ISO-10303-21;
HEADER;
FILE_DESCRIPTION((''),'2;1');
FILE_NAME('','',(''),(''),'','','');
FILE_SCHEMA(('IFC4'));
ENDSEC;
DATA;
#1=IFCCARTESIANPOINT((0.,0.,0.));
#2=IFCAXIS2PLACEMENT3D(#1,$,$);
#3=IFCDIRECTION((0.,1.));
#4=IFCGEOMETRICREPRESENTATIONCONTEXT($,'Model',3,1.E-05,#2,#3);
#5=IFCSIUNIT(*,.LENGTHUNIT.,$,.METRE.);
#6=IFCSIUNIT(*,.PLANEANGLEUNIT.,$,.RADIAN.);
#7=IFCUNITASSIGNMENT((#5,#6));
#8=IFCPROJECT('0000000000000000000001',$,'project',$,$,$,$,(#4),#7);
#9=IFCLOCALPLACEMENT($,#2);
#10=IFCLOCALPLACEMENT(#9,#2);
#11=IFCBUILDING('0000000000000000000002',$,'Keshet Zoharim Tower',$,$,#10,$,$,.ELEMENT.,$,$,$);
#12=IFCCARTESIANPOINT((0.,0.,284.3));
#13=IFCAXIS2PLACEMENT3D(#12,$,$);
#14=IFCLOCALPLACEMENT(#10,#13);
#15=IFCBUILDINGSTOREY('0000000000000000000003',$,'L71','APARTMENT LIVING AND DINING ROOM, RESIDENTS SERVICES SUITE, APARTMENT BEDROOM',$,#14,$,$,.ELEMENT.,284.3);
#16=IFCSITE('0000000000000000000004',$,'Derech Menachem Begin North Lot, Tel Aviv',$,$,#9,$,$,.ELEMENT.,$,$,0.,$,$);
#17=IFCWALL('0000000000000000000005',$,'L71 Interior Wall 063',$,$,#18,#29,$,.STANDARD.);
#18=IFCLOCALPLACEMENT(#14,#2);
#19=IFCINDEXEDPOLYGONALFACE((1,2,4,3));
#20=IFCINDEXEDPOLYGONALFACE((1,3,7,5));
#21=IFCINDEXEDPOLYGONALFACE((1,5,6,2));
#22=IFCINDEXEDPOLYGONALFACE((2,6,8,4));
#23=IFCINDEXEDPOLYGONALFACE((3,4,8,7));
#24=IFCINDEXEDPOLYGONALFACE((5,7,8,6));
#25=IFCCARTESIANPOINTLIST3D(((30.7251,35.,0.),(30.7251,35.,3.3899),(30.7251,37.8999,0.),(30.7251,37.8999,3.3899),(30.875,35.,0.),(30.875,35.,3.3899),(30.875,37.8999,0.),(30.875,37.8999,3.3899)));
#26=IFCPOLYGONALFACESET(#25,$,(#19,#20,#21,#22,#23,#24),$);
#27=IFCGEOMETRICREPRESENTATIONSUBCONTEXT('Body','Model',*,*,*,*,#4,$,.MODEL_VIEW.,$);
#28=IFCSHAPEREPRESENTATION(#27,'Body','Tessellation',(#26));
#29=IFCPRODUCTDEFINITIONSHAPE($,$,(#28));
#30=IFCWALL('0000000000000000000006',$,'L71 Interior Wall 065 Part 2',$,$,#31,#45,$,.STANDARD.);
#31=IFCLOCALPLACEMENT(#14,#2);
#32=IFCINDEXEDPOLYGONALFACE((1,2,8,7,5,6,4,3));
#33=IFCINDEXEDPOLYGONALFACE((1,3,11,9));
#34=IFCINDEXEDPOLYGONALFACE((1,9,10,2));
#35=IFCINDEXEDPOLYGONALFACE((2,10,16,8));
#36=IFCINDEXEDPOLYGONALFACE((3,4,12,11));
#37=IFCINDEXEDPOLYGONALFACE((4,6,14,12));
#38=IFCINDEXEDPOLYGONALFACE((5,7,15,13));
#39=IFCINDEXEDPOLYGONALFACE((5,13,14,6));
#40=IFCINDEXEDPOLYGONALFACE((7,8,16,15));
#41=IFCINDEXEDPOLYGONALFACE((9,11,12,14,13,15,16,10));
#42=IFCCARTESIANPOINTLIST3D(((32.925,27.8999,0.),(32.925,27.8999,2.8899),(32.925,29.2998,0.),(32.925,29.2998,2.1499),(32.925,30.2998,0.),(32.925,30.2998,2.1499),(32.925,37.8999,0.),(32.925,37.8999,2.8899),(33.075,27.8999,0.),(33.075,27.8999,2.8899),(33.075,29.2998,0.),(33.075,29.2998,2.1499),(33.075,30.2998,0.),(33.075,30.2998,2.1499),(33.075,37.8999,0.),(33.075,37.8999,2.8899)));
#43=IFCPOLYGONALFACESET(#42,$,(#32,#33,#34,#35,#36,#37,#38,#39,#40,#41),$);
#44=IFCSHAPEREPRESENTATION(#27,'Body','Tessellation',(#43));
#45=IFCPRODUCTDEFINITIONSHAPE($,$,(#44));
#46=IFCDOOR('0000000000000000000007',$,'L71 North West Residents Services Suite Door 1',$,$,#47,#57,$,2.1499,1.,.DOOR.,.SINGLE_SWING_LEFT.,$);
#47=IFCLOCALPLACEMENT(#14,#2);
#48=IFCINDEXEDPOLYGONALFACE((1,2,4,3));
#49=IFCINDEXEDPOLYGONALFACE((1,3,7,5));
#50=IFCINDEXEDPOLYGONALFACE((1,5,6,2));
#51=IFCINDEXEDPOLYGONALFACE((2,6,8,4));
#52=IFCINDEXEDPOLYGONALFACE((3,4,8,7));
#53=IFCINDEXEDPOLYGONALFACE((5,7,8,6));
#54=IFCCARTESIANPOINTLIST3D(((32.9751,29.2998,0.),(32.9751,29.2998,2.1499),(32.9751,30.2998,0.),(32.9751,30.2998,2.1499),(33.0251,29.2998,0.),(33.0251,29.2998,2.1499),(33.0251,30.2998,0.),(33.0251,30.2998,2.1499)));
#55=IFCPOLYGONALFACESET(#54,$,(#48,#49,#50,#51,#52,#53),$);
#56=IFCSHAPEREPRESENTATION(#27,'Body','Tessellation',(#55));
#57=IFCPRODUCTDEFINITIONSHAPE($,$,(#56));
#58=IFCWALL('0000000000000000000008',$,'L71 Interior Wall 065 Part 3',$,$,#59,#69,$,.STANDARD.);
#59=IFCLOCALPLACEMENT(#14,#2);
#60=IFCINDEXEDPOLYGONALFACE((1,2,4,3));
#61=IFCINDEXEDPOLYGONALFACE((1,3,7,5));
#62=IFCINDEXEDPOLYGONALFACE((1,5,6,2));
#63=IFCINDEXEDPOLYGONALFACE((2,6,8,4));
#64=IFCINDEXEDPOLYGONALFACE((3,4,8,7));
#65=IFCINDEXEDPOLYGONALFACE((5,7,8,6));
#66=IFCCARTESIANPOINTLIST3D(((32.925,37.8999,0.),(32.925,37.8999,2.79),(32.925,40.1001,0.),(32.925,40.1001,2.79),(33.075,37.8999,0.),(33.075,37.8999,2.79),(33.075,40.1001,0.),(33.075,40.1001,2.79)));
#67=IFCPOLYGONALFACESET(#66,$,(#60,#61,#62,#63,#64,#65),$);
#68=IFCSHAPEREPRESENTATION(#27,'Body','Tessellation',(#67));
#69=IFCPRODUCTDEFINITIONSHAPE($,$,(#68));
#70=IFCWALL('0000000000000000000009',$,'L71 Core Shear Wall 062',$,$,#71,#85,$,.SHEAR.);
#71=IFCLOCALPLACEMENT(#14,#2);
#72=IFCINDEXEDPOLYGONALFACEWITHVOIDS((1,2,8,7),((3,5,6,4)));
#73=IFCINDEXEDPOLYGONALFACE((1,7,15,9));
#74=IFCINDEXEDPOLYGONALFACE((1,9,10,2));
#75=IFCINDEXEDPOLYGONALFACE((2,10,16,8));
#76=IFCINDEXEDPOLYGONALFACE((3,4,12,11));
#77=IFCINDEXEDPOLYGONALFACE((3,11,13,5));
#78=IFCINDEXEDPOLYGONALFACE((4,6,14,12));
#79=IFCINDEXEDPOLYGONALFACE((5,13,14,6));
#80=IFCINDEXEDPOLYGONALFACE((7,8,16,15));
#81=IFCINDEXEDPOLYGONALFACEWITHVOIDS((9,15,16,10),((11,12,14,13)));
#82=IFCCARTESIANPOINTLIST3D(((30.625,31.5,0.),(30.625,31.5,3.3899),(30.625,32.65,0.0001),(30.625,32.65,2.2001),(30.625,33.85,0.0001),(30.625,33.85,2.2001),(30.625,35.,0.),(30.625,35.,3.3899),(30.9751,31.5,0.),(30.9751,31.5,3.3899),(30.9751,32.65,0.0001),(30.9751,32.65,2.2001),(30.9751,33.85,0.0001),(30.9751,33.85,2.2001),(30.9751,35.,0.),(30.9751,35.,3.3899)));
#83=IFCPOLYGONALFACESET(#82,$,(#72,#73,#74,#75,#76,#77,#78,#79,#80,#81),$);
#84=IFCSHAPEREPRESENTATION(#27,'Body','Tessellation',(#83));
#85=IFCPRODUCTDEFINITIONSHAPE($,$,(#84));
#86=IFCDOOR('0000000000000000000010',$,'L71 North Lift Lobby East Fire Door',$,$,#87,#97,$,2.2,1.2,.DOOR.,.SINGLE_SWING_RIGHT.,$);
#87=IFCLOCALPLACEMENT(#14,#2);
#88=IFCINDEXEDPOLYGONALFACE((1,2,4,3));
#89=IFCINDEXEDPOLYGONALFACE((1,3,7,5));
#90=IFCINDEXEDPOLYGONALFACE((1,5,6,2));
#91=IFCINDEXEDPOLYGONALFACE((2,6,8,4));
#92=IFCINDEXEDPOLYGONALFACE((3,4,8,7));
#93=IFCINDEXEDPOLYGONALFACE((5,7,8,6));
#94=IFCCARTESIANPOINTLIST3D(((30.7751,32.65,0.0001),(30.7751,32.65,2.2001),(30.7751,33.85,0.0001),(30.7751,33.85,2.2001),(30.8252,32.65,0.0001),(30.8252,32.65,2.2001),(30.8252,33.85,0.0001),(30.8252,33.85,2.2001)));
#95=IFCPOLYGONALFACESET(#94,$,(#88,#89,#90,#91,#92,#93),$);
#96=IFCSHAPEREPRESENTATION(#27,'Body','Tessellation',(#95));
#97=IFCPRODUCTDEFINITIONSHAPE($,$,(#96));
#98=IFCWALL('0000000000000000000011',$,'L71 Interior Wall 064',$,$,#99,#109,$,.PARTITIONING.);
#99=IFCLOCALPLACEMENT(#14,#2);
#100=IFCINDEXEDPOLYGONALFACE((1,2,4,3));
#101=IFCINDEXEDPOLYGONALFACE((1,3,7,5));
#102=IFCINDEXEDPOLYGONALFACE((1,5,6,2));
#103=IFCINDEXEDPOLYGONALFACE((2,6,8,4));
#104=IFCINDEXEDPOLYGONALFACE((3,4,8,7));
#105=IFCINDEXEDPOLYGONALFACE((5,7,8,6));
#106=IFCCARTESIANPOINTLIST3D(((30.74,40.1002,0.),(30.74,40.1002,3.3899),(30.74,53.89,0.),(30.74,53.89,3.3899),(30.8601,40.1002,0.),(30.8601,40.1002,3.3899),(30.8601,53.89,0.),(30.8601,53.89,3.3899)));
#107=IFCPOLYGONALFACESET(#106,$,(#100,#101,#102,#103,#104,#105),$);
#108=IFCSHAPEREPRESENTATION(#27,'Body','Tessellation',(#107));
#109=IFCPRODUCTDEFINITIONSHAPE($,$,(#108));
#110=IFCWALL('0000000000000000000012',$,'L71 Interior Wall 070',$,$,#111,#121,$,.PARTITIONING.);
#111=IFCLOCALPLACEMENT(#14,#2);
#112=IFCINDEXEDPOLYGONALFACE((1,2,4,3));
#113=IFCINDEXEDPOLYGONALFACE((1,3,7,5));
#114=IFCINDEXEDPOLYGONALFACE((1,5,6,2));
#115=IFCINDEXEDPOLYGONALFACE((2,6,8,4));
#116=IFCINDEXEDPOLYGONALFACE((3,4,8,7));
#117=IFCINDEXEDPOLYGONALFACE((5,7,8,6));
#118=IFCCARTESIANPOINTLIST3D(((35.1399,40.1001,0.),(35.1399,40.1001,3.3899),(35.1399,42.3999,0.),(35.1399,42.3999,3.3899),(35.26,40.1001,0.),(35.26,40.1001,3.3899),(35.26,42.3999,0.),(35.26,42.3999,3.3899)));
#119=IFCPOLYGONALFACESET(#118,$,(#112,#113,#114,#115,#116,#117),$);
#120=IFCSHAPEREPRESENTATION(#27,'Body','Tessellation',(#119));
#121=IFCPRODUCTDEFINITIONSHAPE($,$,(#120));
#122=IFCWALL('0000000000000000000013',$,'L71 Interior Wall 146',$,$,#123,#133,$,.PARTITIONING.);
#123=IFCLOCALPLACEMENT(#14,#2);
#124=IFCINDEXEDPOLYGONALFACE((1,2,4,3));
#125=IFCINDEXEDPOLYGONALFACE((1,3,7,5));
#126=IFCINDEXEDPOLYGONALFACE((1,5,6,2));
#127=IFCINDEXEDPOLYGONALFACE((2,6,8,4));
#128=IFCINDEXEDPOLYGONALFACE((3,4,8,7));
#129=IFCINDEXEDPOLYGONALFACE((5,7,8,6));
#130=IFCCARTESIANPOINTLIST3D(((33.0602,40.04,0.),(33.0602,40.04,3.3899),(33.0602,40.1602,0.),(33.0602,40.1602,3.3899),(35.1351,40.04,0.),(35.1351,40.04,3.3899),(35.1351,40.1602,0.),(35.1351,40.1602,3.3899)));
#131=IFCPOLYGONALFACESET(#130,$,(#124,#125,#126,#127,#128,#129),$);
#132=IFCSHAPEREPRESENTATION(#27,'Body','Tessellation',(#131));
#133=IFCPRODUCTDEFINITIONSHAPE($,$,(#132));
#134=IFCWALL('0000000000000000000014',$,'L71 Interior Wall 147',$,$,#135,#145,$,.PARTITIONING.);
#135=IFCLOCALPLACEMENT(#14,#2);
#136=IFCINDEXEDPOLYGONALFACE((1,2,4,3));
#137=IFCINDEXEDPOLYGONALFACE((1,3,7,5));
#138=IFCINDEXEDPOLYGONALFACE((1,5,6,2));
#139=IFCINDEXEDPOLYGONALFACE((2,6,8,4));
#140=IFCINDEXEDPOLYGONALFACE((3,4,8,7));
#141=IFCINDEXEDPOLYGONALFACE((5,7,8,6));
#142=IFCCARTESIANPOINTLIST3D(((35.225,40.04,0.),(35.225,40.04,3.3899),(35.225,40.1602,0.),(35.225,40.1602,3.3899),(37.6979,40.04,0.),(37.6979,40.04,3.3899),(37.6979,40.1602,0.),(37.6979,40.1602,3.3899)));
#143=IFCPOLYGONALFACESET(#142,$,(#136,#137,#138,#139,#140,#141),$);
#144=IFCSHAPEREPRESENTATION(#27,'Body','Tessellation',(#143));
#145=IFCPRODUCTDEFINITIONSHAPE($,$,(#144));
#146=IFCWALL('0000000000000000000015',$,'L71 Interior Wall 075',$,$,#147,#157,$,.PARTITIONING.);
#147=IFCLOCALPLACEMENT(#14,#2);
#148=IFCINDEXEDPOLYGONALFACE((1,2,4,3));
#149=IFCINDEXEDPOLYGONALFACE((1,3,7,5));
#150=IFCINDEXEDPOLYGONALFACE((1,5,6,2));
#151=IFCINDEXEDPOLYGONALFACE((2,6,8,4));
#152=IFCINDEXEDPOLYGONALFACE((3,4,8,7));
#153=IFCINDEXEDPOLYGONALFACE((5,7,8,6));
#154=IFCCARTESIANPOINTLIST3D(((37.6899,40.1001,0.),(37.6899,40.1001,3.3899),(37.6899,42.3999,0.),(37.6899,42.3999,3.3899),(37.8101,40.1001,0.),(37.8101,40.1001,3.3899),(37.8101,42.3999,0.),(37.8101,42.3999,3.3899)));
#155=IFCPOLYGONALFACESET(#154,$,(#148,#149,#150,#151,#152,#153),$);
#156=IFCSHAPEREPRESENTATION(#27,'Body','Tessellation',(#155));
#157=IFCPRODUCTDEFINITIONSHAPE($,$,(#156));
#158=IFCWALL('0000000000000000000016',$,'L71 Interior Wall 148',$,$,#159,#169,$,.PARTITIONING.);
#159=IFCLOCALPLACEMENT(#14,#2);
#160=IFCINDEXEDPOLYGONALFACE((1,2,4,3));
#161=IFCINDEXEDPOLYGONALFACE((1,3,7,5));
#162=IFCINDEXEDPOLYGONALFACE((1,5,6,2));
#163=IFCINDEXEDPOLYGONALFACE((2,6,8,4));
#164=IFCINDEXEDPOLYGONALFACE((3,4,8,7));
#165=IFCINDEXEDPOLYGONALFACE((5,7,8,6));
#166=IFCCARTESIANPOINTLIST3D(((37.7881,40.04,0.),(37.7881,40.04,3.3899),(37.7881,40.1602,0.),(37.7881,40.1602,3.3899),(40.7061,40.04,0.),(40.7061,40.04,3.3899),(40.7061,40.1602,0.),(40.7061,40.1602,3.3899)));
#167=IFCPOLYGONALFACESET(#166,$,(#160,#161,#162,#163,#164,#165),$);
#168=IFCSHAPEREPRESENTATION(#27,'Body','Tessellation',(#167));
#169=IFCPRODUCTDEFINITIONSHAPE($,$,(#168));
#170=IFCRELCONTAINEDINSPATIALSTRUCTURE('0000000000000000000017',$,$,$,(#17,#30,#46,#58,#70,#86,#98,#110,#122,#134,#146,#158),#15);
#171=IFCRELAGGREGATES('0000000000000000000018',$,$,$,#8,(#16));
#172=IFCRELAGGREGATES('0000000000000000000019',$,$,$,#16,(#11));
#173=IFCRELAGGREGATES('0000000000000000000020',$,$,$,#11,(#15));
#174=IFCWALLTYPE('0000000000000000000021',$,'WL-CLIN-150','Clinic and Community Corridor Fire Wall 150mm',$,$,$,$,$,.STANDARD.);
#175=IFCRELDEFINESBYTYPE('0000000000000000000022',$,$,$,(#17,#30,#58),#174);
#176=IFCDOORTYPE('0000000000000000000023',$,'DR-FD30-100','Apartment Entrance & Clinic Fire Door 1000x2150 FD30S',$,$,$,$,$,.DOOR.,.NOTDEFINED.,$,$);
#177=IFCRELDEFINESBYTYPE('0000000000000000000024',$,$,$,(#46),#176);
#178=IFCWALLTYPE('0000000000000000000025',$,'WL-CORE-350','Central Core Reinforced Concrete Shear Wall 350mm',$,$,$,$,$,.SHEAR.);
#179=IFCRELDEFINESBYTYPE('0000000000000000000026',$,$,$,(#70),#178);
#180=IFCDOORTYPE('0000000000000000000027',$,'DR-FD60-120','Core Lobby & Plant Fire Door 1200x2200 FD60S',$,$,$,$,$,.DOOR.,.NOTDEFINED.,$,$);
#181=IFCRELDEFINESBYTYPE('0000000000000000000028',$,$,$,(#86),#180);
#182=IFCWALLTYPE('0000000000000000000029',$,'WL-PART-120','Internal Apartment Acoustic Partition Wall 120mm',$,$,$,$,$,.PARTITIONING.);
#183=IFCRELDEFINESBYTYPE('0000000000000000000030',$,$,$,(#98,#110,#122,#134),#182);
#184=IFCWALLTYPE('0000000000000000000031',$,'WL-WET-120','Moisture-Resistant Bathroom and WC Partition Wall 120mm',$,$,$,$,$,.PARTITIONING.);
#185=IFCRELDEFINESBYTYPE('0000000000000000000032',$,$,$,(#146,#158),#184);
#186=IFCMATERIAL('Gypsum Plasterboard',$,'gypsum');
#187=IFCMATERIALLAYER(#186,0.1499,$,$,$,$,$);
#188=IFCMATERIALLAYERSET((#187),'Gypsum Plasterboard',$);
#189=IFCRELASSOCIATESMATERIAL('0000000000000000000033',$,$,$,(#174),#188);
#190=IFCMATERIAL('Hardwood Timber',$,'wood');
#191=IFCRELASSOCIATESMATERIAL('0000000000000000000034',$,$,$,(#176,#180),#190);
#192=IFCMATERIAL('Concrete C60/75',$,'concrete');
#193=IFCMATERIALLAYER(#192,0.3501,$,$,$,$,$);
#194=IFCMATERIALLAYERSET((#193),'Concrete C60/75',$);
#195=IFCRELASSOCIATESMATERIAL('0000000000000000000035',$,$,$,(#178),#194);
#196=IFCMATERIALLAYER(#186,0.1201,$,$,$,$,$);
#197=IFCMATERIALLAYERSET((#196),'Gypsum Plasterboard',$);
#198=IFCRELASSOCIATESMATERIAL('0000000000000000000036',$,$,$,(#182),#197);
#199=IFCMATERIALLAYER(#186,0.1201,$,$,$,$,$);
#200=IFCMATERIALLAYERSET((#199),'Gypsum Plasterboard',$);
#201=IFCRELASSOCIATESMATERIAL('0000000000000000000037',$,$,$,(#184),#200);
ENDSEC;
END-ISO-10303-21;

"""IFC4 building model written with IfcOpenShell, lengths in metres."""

from ifc_helpers import new_model, si_unit, direction, frame, frame_2d, origin, place, context, subcontext, project, spatial, rectangle, extrude, material, layer, layer_set, type_object, element, fill, save


model = new_model("IFC4")

# Units and contexts
model_context = context("Model", 3, precision=1e-05, world=origin(), true_north=direction((0.0, 1.0)))
body_context = subcontext(model_context, "Body", "Model", "MODEL_VIEW")
ifc_project = project(units=[si_unit("LENGTHUNIT", "METRE"), si_unit("PLANEANGLEUNIT", "RADIAN")], contexts=[model_context])

# Site, building, storey
site_placement = place(None, origin())
site = spatial("IfcSite", under=ifc_project, at=site_placement, Name="Derech Menachem Begin North Lot, Tel Aviv", CompositionType="ELEMENT", RefElevation=0.0)
building_placement = place(site_placement, origin())
building = spatial("IfcBuilding", under=site, at=building_placement, Name="Keshet Zoharim Tower", CompositionType="ELEMENT")
storey_placement = place(building_placement, frame((0.0, 0.0, 284.3)))
storey = spatial("IfcBuildingStorey", under=building, at=storey_placement, Name="L71", Description="APARTMENT LIVING AND DINING ROOM, RESIDENTS SERVICES SUITE, APARTMENT BEDROOM", CompositionType="ELEMENT", Elevation=284.3)

# Wall
ifc_material_1 = material(Name="Gypsum Plasterboard", Category="gypsum")
ifc_layer_1 = layer(ifc_material_1, 0.1499)
ifc_layer_set_1 = layer_set([ifc_layer_1], Name="Gypsum Plasterboard")
wall_type_1 = type_object("IfcWallType", Name="WL-CLIN-150", Description="Clinic and Community Corridor Fire Wall 150mm", PredefinedType="STANDARD", material=ifc_layer_set_1)
wall_1_placement = place(storey_placement, frame((30.8, 35.0, 0.0), z_axis=(0.0, 0.0, 1.0), x_axis=(0.0, 1.0, 0.0)))
element("IfcWall", 1, at=wall_1_placement, inside=storey, type_object=wall_type_1, Name="L71 Interior Wall 063", PredefinedType="STANDARD", context=body_context, shape_type="SweptSolid", body=[
    extrude(rectangle(XDim=2.8999, YDim=0.1499, at=frame_2d((1.45, 0.0))), origin(), (0.0, 0.0, 1.0), 3.3899),
])

# Wall, opening, door
wall_2_placement = place(storey_placement, frame((33.0, 27.8999, 0.0), z_axis=(0.0, 0.0, 1.0), x_axis=(0.0, 1.0, 0.0)))
wall_2 = element("IfcWall", 2, at=wall_2_placement, inside=storey, type_object=wall_type_1, Name="L71 Interior Wall 065 Part 2", PredefinedType="STANDARD", context=body_context, shape_type="SweptSolid", body=[
    extrude(rectangle(XDim=10.0, YDim=0.1499, at=frame_2d((5.0, 0.0))), origin(), (0.0, 0.0, 1.0), 2.8899),
])
opening_1_placement = place(wall_2_placement, frame((1.3999, 0.0, 0.0)))
opening_1 = element("IfcOpeningElement", 3, at=opening_1_placement, cuts=wall_2, PredefinedType="OPENING", context=body_context, shape_type="SweptSolid", body=[
    extrude(rectangle(XDim=1.0, YDim=2.1499, at=frame_2d((0.5, 1.075))), frame((0.0, 0.085, 0.0), z_axis=(0.0, -1.0, 0.0), x_axis=(1.0, 0.0, 0.0)), (0.0, 0.0, 1.0), 0.1699),
])
ifc_material_2 = material(Name="Hardwood Timber", Category="wood")
door_type_1 = type_object("IfcDoorType", Name="DR-FD30-100", Description="Apartment Entrance & Clinic Fire Door 1000x2150 FD30S", OperationType="NOTDEFINED", PredefinedType="DOOR", material=ifc_material_2)
door_1_placement = place(opening_1_placement, origin())
door_1 = element("IfcDoor", 4, at=door_1_placement, inside=storey, type_object=door_type_1, Name="L71 North West Residents Services Suite Door 1", OperationType="SINGLE_SWING_LEFT", OverallHeight=2.1499, OverallWidth=1.0, PredefinedType="DOOR", context=body_context, shape_type="SweptSolid", body=[
    extrude(rectangle(XDim=1.0, YDim=2.1499, at=frame_2d((0.5, 1.075))), frame((0.0, 0.0249, 0.0), z_axis=(0.0, -1.0, 0.0), x_axis=(1.0, 0.0, 0.0)), (0.0, 0.0, 1.0), 0.05),
])
fill(opening_1, door_1)

# Wall
wall_3_placement = place(storey_placement, frame((33.0, 37.8999, 0.0), z_axis=(0.0, 0.0, 1.0), x_axis=(0.0, 1.0, 0.0)))
element("IfcWall", 5, at=wall_3_placement, inside=storey, type_object=wall_type_1, Name="L71 Interior Wall 065 Part 3", PredefinedType="STANDARD", context=body_context, shape_type="SweptSolid", body=[
    extrude(rectangle(XDim=2.2002, YDim=0.1499, at=frame_2d((1.1001, 0.0))), origin(), (0.0, 0.0, 1.0), 2.79),
])

# Wall, opening, door
ifc_material_3 = material(Name="Concrete C60/75", Category="concrete")
ifc_layer_2 = layer(ifc_material_3, 0.3501)
ifc_layer_set_2 = layer_set([ifc_layer_2], Name="Concrete C60/75")
wall_type_2 = type_object("IfcWallType", Name="WL-CORE-350", Description="Central Core Reinforced Concrete Shear Wall 350mm", PredefinedType="SHEAR", material=ifc_layer_set_2)
wall_4_placement = place(storey_placement, frame((30.8, 31.5, 0.0), z_axis=(0.0, 0.0, 1.0), x_axis=(0.0, 1.0, 0.0)))
wall_4 = element("IfcWall", 6, at=wall_4_placement, inside=storey, type_object=wall_type_2, Name="L71 Core Shear Wall 062", PredefinedType="SHEAR", context=body_context, shape_type="SweptSolid", body=[
    extrude(rectangle(XDim=3.5, YDim=0.3501, at=frame_2d((1.75, 0.0))), origin(), (0.0, 0.0, 1.0), 3.3899),
])
opening_2_placement = place(wall_4_placement, frame((1.1499, 0.0, 0.0)))
opening_2 = element("IfcOpeningElement", 7, at=opening_2_placement, cuts=wall_4, PredefinedType="OPENING", context=body_context, shape_type="SweptSolid", body=[
    extrude(rectangle(XDim=1.2, YDim=2.2, at=frame_2d((0.6001, 1.1001))), frame((0.0, 0.1851, 0.0), z_axis=(0.0, -1.0, 0.0), x_axis=(1.0, 0.0, 0.0)), (0.0, 0.0, 1.0), 0.3701),
])
door_type_2 = type_object("IfcDoorType", Name="DR-FD60-120", Description="Core Lobby & Plant Fire Door 1200x2200 FD60S", OperationType="NOTDEFINED", PredefinedType="DOOR", material=ifc_material_2)
door_2_placement = place(opening_2_placement, origin())
door_2 = element("IfcDoor", 8, at=door_2_placement, inside=storey, type_object=door_type_2, Name="L71 North Lift Lobby East Fire Door", OperationType="SINGLE_SWING_RIGHT", OverallHeight=2.2, OverallWidth=1.2, PredefinedType="DOOR", context=body_context, shape_type="SweptSolid", body=[
    extrude(rectangle(XDim=1.2, YDim=2.2, at=frame_2d((0.6001, 1.1001))), frame((0.0, 0.0249, 0.0), z_axis=(0.0, -1.0, 0.0), x_axis=(1.0, 0.0, 0.0)), (0.0, 0.0, 1.0), 0.05),
])
fill(opening_2, door_2)

# Walls
ifc_layer_3 = layer(ifc_material_1, 0.1201)
ifc_layer_set_3 = layer_set([ifc_layer_3], Name="Gypsum Plasterboard")
wall_type_3 = type_object("IfcWallType", Name="WL-PART-120", Description="Internal Apartment Acoustic Partition Wall 120mm", PredefinedType="PARTITIONING", material=ifc_layer_set_3)
wall_5_placement = place(storey_placement, frame((30.8, 40.1001, 0.0), z_axis=(0.0, 0.0, 1.0), x_axis=(0.0, 1.0, 0.0)))
element("IfcWall", 9, at=wall_5_placement, inside=storey, type_object=wall_type_3, Name="L71 Interior Wall 064", PredefinedType="PARTITIONING", context=body_context, shape_type="SweptSolid", body=[
    extrude(rectangle(XDim=13.7898, YDim=0.1201, at=frame_2d((6.895, 0.0))), origin(), (0.0, 0.0, 1.0), 3.3899),
])
wall_6_placement = place(storey_placement, frame((35.2, 40.1001, 0.0), z_axis=(0.0, 0.0, 1.0), x_axis=(0.0, 1.0, 0.0)))
element("IfcWall", 10, at=wall_6_placement, inside=storey, type_object=wall_type_3, Name="L71 Interior Wall 070", PredefinedType="PARTITIONING", context=body_context, shape_type="SweptSolid", body=[
    extrude(rectangle(XDim=2.2998, YDim=0.1201, at=frame_2d((1.1499, 0.0))), origin(), (0.0, 0.0, 1.0), 3.3899),
])
wall_7_placement = place(storey_placement, frame((33.0601, 40.1001, 0.0), z_axis=(0.0, 0.0, 1.0), x_axis=(1.0, 0.0, 0.0)))
element("IfcWall", 11, at=wall_7_placement, inside=storey, type_object=wall_type_3, Name="L71 Interior Wall 146", PredefinedType="PARTITIONING", context=body_context, shape_type="SweptSolid", body=[
    extrude(rectangle(XDim=2.075, YDim=0.1201, at=frame_2d((1.0376, 0.0))), origin(), (0.0, 0.0, 1.0), 3.3899),
])
wall_8_placement = place(storey_placement, frame((35.2251, 40.1001, 0.0), z_axis=(0.0, 0.0, 1.0), x_axis=(1.0, 0.0, 0.0)))
element("IfcWall", 12, at=wall_8_placement, inside=storey, type_object=wall_type_3, Name="L71 Interior Wall 147", PredefinedType="PARTITIONING", context=body_context, shape_type="SweptSolid", body=[
    extrude(rectangle(XDim=2.4729, YDim=0.1201, at=frame_2d((1.2363, 0.0))), origin(), (0.0, 0.0, 1.0), 3.3899),
])
ifc_layer_4 = layer(ifc_material_1, 0.1201)
ifc_layer_set_4 = layer_set([ifc_layer_4], Name="Gypsum Plasterboard")
wall_type_4 = type_object("IfcWallType", Name="WL-WET-120", Description="Moisture-Resistant Bathroom and WC Partition Wall 120mm", PredefinedType="PARTITIONING", material=ifc_layer_set_4)
wall_9_placement = place(storey_placement, frame((37.75, 40.1001, 0.0), z_axis=(0.0, 0.0, 1.0), x_axis=(0.0, 1.0, 0.0)))
element("IfcWall", 13, at=wall_9_placement, inside=storey, type_object=wall_type_4, Name="L71 Interior Wall 075", PredefinedType="PARTITIONING", context=body_context, shape_type="SweptSolid", body=[
    extrude(rectangle(XDim=2.2998, YDim=0.1201, at=frame_2d((1.1499, 0.0))), origin(), (0.0, 0.0, 1.0), 3.3899),
])
wall_10_placement = place(storey_placement, frame((37.7881, 40.1001, 0.0), z_axis=(0.0, 0.0, 1.0), x_axis=(1.0, 0.0, 0.0)))
element("IfcWall", 14, at=wall_10_placement, inside=storey, type_object=wall_type_4, Name="L71 Interior Wall 148", PredefinedType="PARTITIONING", context=body_context, shape_type="SweptSolid", body=[
    extrude(rectangle(XDim=2.918, YDim=0.1201, at=frame_2d((1.459, 0.0))), origin(), (0.0, 0.0, 1.0), 3.3899),
])

save(model, "model.ifc")
